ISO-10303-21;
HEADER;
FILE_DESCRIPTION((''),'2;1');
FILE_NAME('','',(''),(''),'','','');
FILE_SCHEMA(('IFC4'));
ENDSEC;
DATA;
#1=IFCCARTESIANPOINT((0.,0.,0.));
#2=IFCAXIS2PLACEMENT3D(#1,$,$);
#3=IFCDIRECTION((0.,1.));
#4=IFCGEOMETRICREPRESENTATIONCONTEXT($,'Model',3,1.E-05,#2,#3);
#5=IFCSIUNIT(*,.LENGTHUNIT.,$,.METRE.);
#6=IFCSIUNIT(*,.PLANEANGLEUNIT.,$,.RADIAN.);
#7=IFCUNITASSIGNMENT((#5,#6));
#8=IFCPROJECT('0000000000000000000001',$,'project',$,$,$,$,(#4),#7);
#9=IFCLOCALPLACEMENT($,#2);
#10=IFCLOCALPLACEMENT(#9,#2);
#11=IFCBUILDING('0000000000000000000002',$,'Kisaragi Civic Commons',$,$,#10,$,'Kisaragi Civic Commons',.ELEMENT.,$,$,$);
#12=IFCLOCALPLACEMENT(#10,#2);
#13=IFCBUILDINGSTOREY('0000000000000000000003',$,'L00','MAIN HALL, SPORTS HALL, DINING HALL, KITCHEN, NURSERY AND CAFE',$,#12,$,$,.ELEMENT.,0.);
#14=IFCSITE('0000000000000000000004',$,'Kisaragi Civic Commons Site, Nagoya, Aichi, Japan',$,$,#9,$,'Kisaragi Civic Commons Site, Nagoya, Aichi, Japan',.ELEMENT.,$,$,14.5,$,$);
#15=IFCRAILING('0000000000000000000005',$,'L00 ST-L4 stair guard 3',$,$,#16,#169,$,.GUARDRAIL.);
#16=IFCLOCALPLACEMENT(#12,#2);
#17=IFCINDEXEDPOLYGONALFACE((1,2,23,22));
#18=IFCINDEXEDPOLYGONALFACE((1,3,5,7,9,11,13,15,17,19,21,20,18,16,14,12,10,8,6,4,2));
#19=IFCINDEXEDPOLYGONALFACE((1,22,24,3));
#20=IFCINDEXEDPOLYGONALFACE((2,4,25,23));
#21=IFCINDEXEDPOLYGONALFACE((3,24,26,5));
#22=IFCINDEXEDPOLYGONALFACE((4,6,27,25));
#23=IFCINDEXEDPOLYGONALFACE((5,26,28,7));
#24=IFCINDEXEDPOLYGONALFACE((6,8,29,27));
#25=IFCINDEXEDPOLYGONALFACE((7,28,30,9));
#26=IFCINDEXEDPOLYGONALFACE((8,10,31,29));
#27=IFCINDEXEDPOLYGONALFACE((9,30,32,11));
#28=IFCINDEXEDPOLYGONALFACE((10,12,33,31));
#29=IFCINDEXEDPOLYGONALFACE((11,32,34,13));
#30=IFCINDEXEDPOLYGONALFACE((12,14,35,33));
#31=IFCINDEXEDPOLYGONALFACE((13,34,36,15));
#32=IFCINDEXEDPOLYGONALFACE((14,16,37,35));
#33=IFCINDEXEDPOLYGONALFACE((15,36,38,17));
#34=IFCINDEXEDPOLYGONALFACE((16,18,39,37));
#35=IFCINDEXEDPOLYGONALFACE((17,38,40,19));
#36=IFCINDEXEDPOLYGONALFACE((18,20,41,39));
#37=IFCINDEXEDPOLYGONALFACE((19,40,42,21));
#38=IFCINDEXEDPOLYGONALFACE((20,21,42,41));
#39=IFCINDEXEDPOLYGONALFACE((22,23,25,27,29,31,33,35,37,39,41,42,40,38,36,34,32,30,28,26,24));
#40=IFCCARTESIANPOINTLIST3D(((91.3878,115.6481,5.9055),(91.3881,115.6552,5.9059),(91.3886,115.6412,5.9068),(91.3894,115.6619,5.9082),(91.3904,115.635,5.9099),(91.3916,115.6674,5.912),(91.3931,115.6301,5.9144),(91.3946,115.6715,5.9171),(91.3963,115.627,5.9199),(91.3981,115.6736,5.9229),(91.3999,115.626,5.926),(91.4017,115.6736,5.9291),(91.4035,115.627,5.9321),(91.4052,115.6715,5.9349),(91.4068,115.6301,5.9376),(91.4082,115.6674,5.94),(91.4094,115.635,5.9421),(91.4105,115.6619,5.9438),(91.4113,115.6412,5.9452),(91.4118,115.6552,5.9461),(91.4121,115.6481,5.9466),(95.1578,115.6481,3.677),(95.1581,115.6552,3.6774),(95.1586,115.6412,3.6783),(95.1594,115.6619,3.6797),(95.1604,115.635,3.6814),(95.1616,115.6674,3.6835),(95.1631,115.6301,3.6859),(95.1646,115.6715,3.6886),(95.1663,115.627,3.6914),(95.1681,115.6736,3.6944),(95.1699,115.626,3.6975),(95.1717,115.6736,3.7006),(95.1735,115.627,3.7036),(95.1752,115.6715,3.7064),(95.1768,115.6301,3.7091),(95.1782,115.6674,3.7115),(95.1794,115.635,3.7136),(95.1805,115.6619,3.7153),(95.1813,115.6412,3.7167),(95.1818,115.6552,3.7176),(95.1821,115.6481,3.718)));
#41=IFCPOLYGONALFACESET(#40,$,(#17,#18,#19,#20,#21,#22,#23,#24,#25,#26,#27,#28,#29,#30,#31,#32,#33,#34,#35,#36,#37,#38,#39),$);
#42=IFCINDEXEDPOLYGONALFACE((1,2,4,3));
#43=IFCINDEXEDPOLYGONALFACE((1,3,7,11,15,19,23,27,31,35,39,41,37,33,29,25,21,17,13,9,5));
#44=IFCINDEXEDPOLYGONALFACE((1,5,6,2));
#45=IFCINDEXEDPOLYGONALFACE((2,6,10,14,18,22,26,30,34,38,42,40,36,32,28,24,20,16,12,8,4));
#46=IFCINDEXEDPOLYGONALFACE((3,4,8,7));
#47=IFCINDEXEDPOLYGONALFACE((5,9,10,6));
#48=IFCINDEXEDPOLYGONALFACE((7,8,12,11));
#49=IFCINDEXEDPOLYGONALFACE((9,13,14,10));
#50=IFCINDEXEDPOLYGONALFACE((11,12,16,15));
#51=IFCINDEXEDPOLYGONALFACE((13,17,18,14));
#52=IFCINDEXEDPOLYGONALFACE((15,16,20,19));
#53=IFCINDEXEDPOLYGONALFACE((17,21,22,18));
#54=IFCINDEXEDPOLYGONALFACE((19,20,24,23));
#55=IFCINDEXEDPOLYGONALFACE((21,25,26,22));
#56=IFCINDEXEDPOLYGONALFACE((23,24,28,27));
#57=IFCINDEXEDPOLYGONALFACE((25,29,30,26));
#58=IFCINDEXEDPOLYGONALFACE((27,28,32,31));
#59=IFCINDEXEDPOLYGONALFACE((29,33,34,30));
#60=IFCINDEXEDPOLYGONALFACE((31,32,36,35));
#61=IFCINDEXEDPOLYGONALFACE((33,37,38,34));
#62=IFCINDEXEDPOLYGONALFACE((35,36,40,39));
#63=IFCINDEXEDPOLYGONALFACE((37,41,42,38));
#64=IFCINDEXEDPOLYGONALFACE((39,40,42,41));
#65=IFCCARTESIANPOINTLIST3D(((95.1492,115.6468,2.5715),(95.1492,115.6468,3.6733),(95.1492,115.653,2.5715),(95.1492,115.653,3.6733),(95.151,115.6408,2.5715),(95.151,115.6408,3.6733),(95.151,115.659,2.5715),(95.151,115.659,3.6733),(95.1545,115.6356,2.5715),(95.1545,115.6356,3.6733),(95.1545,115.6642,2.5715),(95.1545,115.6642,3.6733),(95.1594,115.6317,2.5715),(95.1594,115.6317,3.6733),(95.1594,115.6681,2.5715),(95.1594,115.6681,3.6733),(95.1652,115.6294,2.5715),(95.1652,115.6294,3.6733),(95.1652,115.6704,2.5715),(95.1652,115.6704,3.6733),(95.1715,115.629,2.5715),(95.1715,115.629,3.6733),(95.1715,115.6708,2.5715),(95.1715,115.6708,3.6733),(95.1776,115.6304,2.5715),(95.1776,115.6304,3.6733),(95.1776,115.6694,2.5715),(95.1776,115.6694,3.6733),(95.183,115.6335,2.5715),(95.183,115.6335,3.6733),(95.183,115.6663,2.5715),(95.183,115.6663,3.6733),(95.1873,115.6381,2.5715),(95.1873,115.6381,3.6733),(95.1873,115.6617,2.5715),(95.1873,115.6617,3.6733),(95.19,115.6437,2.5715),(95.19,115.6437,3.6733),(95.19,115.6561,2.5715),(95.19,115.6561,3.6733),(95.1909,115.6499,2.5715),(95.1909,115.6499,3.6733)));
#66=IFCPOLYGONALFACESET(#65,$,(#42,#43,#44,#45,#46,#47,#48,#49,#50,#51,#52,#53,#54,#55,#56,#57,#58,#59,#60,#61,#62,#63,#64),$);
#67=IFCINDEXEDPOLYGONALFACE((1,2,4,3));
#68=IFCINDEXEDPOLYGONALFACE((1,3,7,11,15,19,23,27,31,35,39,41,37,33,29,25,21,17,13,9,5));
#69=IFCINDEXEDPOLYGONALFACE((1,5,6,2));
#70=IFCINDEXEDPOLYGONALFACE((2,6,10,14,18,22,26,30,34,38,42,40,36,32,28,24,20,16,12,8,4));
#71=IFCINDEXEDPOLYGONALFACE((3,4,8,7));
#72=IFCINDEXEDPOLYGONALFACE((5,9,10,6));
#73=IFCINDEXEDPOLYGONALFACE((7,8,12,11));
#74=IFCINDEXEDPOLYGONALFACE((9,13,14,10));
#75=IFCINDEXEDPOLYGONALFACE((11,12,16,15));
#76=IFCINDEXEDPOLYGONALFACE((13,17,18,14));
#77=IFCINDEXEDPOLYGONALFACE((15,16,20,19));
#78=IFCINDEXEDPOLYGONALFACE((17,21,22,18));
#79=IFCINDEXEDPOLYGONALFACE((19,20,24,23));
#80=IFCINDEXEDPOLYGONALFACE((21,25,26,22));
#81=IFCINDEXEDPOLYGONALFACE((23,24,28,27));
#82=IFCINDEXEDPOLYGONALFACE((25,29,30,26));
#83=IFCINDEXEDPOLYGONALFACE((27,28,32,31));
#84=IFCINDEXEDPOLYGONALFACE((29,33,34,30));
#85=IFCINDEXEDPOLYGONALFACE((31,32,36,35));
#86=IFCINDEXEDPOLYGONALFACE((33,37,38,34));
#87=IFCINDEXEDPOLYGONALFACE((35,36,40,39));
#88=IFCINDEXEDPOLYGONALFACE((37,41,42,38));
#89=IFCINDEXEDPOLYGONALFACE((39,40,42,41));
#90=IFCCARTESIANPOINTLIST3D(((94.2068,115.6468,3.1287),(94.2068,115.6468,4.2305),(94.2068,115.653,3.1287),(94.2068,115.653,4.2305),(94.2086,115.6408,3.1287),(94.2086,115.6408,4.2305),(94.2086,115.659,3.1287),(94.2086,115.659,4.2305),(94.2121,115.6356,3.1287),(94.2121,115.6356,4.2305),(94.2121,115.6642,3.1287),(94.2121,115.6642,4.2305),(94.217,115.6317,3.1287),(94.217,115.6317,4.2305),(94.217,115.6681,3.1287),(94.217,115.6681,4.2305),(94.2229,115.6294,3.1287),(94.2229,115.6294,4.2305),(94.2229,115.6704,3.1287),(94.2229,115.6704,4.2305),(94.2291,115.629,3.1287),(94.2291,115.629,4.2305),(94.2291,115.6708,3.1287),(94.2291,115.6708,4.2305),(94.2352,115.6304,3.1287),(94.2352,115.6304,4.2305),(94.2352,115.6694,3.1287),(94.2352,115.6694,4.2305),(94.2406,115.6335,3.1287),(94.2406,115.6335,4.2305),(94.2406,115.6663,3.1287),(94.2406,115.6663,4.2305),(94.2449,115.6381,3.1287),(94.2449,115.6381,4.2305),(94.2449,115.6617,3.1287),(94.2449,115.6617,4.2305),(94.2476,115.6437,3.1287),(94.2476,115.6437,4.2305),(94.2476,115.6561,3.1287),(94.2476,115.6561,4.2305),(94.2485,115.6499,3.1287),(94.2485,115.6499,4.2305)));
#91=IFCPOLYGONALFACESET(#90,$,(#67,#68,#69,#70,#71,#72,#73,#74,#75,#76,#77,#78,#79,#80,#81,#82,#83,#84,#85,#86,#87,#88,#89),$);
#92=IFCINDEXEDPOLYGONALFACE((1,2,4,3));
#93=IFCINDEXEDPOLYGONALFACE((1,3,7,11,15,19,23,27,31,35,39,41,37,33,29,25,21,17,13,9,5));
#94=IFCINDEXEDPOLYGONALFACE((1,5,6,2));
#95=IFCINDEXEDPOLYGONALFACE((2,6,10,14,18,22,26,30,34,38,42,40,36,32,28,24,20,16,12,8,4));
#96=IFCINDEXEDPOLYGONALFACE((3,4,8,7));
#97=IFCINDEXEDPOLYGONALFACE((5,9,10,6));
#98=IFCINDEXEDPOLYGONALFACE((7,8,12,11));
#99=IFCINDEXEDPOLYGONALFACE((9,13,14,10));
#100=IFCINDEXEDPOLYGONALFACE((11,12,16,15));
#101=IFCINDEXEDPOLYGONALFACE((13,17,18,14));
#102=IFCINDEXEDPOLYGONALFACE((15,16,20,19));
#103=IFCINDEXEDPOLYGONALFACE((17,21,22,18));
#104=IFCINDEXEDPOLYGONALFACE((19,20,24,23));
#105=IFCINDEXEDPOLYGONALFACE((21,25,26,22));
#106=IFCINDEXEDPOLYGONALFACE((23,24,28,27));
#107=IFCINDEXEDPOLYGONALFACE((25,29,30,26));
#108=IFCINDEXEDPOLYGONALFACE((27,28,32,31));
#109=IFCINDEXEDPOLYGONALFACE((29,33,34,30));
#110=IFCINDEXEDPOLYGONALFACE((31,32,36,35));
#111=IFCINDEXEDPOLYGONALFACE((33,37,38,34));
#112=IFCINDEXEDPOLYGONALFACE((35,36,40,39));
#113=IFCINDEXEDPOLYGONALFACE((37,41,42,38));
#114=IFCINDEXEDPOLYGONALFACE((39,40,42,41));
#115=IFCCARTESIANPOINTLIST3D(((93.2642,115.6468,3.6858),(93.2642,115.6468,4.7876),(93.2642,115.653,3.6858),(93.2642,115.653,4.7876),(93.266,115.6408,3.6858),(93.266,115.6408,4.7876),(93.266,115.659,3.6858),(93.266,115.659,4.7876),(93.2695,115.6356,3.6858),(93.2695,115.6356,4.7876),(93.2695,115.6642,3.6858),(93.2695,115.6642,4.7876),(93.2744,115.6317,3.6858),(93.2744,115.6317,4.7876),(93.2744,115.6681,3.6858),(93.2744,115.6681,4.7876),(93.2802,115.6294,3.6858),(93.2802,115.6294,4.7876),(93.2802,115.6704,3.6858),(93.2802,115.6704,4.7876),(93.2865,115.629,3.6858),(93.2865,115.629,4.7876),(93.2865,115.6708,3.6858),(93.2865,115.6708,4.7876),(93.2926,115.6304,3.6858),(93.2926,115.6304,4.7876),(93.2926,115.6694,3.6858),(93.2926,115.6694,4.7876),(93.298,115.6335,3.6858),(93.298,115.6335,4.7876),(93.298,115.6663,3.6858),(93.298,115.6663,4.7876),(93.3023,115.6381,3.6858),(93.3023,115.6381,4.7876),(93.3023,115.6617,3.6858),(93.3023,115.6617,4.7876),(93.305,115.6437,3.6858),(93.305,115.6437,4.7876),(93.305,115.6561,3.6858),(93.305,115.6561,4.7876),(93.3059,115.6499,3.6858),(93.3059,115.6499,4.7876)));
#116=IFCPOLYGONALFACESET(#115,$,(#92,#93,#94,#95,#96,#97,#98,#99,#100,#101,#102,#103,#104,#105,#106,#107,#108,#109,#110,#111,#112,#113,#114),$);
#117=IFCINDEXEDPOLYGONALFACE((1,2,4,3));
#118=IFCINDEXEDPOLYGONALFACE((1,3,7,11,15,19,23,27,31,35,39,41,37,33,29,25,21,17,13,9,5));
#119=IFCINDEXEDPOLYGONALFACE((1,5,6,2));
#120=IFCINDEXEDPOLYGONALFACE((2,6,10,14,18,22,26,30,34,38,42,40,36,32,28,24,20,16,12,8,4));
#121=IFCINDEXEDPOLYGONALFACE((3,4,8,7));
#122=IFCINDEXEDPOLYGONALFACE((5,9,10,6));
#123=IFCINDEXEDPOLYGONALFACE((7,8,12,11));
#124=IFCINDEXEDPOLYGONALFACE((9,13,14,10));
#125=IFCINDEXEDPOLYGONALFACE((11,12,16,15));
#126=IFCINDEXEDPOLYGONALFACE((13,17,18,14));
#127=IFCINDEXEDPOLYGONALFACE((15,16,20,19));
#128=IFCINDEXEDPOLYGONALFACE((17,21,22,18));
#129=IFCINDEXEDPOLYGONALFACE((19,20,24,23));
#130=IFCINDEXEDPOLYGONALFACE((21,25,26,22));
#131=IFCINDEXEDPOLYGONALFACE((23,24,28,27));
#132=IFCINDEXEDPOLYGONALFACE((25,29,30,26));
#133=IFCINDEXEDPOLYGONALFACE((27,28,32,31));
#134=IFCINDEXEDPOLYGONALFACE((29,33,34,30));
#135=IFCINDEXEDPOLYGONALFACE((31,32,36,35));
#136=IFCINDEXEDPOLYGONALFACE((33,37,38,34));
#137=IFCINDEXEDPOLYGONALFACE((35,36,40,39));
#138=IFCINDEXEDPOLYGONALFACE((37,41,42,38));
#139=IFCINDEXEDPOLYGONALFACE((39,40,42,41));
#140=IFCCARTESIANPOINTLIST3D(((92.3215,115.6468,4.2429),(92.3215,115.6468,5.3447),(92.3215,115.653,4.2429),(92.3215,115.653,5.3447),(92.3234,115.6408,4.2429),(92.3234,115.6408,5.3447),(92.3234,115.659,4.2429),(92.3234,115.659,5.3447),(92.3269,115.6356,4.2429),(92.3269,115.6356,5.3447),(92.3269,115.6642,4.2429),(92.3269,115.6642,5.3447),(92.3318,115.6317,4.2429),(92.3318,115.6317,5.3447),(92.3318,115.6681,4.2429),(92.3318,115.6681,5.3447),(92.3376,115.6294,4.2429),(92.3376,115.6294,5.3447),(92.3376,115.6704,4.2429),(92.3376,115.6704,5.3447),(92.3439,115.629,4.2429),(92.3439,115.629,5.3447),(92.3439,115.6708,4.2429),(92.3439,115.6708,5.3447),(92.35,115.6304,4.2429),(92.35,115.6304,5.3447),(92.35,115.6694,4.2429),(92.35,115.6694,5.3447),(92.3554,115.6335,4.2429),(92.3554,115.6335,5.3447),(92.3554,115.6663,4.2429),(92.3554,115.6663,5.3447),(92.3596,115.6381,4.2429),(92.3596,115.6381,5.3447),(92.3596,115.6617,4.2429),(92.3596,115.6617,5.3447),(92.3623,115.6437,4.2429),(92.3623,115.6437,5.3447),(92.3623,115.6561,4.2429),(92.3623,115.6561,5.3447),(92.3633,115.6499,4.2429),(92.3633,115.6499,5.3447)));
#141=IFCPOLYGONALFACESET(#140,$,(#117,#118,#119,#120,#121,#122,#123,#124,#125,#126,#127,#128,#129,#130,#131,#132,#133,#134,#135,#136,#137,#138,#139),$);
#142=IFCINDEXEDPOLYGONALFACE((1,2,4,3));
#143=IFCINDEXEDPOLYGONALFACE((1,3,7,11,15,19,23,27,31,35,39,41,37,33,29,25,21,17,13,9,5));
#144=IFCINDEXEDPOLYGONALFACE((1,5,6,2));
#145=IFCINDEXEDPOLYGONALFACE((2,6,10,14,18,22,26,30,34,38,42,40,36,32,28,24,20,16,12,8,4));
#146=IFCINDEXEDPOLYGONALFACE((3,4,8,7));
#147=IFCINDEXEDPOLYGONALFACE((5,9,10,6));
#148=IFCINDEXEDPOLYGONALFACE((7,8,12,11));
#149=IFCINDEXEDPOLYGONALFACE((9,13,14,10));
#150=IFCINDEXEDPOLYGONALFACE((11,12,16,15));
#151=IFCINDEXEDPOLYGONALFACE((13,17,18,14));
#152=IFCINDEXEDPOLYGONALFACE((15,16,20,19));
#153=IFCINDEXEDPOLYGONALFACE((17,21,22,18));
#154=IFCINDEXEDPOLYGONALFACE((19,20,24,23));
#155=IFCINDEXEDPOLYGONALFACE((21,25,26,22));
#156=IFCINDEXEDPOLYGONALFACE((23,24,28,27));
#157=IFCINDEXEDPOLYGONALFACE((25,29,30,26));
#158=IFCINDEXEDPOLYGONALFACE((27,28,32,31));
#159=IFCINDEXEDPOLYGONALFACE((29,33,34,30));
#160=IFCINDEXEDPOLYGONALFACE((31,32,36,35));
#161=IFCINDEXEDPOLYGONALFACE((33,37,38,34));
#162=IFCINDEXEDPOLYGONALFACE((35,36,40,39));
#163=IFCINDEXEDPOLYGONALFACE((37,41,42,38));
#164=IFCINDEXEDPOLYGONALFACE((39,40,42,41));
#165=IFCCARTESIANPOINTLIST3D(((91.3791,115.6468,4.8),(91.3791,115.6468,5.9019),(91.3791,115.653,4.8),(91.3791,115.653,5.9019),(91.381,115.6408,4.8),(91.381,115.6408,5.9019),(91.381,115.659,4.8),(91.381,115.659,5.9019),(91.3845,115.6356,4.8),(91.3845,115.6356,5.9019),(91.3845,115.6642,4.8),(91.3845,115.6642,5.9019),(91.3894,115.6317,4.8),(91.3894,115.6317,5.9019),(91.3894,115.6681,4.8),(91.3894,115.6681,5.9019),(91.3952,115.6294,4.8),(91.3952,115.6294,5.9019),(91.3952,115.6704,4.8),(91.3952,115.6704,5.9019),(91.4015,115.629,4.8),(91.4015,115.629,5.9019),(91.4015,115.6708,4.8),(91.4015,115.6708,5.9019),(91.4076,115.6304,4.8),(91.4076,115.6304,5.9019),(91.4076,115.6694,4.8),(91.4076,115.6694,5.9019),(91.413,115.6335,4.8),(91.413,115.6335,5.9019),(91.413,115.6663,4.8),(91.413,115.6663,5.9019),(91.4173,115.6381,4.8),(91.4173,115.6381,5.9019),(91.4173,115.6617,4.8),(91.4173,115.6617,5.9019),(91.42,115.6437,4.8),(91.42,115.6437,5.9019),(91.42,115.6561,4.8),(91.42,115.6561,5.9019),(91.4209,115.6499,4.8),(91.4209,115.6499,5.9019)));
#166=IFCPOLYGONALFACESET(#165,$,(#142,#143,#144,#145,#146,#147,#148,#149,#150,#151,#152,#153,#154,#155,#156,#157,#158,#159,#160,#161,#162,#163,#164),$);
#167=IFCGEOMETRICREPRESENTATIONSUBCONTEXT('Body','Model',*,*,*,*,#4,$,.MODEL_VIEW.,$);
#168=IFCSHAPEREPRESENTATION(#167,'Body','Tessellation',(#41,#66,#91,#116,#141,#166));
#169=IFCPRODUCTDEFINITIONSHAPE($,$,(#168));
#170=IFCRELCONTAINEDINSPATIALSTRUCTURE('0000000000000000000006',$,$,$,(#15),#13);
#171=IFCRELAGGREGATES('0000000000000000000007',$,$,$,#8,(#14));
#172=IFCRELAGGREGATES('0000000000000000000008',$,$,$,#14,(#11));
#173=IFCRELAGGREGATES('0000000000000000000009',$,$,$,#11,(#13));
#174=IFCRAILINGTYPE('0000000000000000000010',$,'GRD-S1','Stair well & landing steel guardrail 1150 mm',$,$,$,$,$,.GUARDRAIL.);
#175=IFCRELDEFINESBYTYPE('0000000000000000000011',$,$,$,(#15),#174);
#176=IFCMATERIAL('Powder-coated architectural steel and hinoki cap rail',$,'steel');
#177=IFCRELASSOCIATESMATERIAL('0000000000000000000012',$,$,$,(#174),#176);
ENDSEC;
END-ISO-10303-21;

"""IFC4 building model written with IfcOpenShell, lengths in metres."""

from ifc_helpers import new_model, si_unit, direction, frame, origin, origin_2d, place, context, subcontext, project, spatial, circle, extrude, material, type_object, element, save


model = new_model("IFC4")

# Units and contexts
model_context = context("Model", 3, precision=1e-05, world=origin(), true_north=direction((0.0, 1.0)))
body_context = subcontext(model_context, "Body", "Model", "MODEL_VIEW")
ifc_project = project(units=[si_unit("LENGTHUNIT", "METRE"), si_unit("PLANEANGLEUNIT", "RADIAN")], contexts=[model_context])

# Site, building, storey
site_placement = place(None, origin())
site = spatial("IfcSite", under=ifc_project, at=site_placement, Name="Kisaragi Civic Commons Site, Nagoya, Aichi, Japan", LongName="Kisaragi Civic Commons Site, Nagoya, Aichi, Japan", CompositionType="ELEMENT", RefElevation=14.5)
building_placement = place(site_placement, origin())
building = spatial("IfcBuilding", under=site, at=building_placement, Name="Kisaragi Civic Commons", LongName="Kisaragi Civic Commons", CompositionType="ELEMENT")
storey_placement = place(building_placement, origin())
storey = spatial("IfcBuildingStorey", under=building, at=storey_placement, Name="L00", Description="MAIN HALL, SPORTS HALL, DINING HALL, KITCHEN, NURSERY AND CAFE", CompositionType="ELEMENT", Elevation=0.0)

# Railing
ifc_material_1 = material(Name="Powder-coated architectural steel and hinoki cap rail", Category="steel")
railing_type_1 = type_object("IfcRailingType", Name="GRD-S1", Description="Stair well & landing steel guardrail 1150 mm", PredefinedType="GUARDRAIL", material=ifc_material_1)
railing_1_placement = place(storey_placement, frame((95.1699, 115.6499, 2.5715)))
element("IfcRailing", 1, at=railing_1_placement, inside=storey, type_object=railing_type_1, Name="L00 ST-L4 stair guard 3", PredefinedType="GUARDRAIL", context=body_context, shape_type="SweptSolid", body=[
    extrude(circle(Radius=0.0239, at=origin_2d()), frame((0.0, 0.0, 1.126), z_axis=(-0.860849, 0.0, 0.508861), x_axis=(0.0, -1.0, 0.0)), (0.0, 0.0, 1.0), 4.3794),
    extrude(circle(Radius=0.021, at=origin_2d()), origin(), (0.0, 0.0, 1.0), 1.1018),
    extrude(circle(Radius=0.021, at=origin_2d()), frame((-0.9424, 0.0, 0.5571)), (0.0, 0.0, 1.0), 1.1018),
    extrude(circle(Radius=0.021, at=origin_2d()), frame((-1.885, 0.0, 1.1143)), (0.0, 0.0, 1.0), 1.1018),
    extrude(circle(Radius=0.021, at=origin_2d()), frame((-2.8276, 0.0, 1.6714)), (0.0, 0.0, 1.0), 1.1018),
    extrude(circle(Radius=0.021, at=origin_2d()), frame((-3.77, 0.0, 2.2285)), (0.0, 0.0, 1.0), 1.1018),
])

save(model, "model.ifc")
